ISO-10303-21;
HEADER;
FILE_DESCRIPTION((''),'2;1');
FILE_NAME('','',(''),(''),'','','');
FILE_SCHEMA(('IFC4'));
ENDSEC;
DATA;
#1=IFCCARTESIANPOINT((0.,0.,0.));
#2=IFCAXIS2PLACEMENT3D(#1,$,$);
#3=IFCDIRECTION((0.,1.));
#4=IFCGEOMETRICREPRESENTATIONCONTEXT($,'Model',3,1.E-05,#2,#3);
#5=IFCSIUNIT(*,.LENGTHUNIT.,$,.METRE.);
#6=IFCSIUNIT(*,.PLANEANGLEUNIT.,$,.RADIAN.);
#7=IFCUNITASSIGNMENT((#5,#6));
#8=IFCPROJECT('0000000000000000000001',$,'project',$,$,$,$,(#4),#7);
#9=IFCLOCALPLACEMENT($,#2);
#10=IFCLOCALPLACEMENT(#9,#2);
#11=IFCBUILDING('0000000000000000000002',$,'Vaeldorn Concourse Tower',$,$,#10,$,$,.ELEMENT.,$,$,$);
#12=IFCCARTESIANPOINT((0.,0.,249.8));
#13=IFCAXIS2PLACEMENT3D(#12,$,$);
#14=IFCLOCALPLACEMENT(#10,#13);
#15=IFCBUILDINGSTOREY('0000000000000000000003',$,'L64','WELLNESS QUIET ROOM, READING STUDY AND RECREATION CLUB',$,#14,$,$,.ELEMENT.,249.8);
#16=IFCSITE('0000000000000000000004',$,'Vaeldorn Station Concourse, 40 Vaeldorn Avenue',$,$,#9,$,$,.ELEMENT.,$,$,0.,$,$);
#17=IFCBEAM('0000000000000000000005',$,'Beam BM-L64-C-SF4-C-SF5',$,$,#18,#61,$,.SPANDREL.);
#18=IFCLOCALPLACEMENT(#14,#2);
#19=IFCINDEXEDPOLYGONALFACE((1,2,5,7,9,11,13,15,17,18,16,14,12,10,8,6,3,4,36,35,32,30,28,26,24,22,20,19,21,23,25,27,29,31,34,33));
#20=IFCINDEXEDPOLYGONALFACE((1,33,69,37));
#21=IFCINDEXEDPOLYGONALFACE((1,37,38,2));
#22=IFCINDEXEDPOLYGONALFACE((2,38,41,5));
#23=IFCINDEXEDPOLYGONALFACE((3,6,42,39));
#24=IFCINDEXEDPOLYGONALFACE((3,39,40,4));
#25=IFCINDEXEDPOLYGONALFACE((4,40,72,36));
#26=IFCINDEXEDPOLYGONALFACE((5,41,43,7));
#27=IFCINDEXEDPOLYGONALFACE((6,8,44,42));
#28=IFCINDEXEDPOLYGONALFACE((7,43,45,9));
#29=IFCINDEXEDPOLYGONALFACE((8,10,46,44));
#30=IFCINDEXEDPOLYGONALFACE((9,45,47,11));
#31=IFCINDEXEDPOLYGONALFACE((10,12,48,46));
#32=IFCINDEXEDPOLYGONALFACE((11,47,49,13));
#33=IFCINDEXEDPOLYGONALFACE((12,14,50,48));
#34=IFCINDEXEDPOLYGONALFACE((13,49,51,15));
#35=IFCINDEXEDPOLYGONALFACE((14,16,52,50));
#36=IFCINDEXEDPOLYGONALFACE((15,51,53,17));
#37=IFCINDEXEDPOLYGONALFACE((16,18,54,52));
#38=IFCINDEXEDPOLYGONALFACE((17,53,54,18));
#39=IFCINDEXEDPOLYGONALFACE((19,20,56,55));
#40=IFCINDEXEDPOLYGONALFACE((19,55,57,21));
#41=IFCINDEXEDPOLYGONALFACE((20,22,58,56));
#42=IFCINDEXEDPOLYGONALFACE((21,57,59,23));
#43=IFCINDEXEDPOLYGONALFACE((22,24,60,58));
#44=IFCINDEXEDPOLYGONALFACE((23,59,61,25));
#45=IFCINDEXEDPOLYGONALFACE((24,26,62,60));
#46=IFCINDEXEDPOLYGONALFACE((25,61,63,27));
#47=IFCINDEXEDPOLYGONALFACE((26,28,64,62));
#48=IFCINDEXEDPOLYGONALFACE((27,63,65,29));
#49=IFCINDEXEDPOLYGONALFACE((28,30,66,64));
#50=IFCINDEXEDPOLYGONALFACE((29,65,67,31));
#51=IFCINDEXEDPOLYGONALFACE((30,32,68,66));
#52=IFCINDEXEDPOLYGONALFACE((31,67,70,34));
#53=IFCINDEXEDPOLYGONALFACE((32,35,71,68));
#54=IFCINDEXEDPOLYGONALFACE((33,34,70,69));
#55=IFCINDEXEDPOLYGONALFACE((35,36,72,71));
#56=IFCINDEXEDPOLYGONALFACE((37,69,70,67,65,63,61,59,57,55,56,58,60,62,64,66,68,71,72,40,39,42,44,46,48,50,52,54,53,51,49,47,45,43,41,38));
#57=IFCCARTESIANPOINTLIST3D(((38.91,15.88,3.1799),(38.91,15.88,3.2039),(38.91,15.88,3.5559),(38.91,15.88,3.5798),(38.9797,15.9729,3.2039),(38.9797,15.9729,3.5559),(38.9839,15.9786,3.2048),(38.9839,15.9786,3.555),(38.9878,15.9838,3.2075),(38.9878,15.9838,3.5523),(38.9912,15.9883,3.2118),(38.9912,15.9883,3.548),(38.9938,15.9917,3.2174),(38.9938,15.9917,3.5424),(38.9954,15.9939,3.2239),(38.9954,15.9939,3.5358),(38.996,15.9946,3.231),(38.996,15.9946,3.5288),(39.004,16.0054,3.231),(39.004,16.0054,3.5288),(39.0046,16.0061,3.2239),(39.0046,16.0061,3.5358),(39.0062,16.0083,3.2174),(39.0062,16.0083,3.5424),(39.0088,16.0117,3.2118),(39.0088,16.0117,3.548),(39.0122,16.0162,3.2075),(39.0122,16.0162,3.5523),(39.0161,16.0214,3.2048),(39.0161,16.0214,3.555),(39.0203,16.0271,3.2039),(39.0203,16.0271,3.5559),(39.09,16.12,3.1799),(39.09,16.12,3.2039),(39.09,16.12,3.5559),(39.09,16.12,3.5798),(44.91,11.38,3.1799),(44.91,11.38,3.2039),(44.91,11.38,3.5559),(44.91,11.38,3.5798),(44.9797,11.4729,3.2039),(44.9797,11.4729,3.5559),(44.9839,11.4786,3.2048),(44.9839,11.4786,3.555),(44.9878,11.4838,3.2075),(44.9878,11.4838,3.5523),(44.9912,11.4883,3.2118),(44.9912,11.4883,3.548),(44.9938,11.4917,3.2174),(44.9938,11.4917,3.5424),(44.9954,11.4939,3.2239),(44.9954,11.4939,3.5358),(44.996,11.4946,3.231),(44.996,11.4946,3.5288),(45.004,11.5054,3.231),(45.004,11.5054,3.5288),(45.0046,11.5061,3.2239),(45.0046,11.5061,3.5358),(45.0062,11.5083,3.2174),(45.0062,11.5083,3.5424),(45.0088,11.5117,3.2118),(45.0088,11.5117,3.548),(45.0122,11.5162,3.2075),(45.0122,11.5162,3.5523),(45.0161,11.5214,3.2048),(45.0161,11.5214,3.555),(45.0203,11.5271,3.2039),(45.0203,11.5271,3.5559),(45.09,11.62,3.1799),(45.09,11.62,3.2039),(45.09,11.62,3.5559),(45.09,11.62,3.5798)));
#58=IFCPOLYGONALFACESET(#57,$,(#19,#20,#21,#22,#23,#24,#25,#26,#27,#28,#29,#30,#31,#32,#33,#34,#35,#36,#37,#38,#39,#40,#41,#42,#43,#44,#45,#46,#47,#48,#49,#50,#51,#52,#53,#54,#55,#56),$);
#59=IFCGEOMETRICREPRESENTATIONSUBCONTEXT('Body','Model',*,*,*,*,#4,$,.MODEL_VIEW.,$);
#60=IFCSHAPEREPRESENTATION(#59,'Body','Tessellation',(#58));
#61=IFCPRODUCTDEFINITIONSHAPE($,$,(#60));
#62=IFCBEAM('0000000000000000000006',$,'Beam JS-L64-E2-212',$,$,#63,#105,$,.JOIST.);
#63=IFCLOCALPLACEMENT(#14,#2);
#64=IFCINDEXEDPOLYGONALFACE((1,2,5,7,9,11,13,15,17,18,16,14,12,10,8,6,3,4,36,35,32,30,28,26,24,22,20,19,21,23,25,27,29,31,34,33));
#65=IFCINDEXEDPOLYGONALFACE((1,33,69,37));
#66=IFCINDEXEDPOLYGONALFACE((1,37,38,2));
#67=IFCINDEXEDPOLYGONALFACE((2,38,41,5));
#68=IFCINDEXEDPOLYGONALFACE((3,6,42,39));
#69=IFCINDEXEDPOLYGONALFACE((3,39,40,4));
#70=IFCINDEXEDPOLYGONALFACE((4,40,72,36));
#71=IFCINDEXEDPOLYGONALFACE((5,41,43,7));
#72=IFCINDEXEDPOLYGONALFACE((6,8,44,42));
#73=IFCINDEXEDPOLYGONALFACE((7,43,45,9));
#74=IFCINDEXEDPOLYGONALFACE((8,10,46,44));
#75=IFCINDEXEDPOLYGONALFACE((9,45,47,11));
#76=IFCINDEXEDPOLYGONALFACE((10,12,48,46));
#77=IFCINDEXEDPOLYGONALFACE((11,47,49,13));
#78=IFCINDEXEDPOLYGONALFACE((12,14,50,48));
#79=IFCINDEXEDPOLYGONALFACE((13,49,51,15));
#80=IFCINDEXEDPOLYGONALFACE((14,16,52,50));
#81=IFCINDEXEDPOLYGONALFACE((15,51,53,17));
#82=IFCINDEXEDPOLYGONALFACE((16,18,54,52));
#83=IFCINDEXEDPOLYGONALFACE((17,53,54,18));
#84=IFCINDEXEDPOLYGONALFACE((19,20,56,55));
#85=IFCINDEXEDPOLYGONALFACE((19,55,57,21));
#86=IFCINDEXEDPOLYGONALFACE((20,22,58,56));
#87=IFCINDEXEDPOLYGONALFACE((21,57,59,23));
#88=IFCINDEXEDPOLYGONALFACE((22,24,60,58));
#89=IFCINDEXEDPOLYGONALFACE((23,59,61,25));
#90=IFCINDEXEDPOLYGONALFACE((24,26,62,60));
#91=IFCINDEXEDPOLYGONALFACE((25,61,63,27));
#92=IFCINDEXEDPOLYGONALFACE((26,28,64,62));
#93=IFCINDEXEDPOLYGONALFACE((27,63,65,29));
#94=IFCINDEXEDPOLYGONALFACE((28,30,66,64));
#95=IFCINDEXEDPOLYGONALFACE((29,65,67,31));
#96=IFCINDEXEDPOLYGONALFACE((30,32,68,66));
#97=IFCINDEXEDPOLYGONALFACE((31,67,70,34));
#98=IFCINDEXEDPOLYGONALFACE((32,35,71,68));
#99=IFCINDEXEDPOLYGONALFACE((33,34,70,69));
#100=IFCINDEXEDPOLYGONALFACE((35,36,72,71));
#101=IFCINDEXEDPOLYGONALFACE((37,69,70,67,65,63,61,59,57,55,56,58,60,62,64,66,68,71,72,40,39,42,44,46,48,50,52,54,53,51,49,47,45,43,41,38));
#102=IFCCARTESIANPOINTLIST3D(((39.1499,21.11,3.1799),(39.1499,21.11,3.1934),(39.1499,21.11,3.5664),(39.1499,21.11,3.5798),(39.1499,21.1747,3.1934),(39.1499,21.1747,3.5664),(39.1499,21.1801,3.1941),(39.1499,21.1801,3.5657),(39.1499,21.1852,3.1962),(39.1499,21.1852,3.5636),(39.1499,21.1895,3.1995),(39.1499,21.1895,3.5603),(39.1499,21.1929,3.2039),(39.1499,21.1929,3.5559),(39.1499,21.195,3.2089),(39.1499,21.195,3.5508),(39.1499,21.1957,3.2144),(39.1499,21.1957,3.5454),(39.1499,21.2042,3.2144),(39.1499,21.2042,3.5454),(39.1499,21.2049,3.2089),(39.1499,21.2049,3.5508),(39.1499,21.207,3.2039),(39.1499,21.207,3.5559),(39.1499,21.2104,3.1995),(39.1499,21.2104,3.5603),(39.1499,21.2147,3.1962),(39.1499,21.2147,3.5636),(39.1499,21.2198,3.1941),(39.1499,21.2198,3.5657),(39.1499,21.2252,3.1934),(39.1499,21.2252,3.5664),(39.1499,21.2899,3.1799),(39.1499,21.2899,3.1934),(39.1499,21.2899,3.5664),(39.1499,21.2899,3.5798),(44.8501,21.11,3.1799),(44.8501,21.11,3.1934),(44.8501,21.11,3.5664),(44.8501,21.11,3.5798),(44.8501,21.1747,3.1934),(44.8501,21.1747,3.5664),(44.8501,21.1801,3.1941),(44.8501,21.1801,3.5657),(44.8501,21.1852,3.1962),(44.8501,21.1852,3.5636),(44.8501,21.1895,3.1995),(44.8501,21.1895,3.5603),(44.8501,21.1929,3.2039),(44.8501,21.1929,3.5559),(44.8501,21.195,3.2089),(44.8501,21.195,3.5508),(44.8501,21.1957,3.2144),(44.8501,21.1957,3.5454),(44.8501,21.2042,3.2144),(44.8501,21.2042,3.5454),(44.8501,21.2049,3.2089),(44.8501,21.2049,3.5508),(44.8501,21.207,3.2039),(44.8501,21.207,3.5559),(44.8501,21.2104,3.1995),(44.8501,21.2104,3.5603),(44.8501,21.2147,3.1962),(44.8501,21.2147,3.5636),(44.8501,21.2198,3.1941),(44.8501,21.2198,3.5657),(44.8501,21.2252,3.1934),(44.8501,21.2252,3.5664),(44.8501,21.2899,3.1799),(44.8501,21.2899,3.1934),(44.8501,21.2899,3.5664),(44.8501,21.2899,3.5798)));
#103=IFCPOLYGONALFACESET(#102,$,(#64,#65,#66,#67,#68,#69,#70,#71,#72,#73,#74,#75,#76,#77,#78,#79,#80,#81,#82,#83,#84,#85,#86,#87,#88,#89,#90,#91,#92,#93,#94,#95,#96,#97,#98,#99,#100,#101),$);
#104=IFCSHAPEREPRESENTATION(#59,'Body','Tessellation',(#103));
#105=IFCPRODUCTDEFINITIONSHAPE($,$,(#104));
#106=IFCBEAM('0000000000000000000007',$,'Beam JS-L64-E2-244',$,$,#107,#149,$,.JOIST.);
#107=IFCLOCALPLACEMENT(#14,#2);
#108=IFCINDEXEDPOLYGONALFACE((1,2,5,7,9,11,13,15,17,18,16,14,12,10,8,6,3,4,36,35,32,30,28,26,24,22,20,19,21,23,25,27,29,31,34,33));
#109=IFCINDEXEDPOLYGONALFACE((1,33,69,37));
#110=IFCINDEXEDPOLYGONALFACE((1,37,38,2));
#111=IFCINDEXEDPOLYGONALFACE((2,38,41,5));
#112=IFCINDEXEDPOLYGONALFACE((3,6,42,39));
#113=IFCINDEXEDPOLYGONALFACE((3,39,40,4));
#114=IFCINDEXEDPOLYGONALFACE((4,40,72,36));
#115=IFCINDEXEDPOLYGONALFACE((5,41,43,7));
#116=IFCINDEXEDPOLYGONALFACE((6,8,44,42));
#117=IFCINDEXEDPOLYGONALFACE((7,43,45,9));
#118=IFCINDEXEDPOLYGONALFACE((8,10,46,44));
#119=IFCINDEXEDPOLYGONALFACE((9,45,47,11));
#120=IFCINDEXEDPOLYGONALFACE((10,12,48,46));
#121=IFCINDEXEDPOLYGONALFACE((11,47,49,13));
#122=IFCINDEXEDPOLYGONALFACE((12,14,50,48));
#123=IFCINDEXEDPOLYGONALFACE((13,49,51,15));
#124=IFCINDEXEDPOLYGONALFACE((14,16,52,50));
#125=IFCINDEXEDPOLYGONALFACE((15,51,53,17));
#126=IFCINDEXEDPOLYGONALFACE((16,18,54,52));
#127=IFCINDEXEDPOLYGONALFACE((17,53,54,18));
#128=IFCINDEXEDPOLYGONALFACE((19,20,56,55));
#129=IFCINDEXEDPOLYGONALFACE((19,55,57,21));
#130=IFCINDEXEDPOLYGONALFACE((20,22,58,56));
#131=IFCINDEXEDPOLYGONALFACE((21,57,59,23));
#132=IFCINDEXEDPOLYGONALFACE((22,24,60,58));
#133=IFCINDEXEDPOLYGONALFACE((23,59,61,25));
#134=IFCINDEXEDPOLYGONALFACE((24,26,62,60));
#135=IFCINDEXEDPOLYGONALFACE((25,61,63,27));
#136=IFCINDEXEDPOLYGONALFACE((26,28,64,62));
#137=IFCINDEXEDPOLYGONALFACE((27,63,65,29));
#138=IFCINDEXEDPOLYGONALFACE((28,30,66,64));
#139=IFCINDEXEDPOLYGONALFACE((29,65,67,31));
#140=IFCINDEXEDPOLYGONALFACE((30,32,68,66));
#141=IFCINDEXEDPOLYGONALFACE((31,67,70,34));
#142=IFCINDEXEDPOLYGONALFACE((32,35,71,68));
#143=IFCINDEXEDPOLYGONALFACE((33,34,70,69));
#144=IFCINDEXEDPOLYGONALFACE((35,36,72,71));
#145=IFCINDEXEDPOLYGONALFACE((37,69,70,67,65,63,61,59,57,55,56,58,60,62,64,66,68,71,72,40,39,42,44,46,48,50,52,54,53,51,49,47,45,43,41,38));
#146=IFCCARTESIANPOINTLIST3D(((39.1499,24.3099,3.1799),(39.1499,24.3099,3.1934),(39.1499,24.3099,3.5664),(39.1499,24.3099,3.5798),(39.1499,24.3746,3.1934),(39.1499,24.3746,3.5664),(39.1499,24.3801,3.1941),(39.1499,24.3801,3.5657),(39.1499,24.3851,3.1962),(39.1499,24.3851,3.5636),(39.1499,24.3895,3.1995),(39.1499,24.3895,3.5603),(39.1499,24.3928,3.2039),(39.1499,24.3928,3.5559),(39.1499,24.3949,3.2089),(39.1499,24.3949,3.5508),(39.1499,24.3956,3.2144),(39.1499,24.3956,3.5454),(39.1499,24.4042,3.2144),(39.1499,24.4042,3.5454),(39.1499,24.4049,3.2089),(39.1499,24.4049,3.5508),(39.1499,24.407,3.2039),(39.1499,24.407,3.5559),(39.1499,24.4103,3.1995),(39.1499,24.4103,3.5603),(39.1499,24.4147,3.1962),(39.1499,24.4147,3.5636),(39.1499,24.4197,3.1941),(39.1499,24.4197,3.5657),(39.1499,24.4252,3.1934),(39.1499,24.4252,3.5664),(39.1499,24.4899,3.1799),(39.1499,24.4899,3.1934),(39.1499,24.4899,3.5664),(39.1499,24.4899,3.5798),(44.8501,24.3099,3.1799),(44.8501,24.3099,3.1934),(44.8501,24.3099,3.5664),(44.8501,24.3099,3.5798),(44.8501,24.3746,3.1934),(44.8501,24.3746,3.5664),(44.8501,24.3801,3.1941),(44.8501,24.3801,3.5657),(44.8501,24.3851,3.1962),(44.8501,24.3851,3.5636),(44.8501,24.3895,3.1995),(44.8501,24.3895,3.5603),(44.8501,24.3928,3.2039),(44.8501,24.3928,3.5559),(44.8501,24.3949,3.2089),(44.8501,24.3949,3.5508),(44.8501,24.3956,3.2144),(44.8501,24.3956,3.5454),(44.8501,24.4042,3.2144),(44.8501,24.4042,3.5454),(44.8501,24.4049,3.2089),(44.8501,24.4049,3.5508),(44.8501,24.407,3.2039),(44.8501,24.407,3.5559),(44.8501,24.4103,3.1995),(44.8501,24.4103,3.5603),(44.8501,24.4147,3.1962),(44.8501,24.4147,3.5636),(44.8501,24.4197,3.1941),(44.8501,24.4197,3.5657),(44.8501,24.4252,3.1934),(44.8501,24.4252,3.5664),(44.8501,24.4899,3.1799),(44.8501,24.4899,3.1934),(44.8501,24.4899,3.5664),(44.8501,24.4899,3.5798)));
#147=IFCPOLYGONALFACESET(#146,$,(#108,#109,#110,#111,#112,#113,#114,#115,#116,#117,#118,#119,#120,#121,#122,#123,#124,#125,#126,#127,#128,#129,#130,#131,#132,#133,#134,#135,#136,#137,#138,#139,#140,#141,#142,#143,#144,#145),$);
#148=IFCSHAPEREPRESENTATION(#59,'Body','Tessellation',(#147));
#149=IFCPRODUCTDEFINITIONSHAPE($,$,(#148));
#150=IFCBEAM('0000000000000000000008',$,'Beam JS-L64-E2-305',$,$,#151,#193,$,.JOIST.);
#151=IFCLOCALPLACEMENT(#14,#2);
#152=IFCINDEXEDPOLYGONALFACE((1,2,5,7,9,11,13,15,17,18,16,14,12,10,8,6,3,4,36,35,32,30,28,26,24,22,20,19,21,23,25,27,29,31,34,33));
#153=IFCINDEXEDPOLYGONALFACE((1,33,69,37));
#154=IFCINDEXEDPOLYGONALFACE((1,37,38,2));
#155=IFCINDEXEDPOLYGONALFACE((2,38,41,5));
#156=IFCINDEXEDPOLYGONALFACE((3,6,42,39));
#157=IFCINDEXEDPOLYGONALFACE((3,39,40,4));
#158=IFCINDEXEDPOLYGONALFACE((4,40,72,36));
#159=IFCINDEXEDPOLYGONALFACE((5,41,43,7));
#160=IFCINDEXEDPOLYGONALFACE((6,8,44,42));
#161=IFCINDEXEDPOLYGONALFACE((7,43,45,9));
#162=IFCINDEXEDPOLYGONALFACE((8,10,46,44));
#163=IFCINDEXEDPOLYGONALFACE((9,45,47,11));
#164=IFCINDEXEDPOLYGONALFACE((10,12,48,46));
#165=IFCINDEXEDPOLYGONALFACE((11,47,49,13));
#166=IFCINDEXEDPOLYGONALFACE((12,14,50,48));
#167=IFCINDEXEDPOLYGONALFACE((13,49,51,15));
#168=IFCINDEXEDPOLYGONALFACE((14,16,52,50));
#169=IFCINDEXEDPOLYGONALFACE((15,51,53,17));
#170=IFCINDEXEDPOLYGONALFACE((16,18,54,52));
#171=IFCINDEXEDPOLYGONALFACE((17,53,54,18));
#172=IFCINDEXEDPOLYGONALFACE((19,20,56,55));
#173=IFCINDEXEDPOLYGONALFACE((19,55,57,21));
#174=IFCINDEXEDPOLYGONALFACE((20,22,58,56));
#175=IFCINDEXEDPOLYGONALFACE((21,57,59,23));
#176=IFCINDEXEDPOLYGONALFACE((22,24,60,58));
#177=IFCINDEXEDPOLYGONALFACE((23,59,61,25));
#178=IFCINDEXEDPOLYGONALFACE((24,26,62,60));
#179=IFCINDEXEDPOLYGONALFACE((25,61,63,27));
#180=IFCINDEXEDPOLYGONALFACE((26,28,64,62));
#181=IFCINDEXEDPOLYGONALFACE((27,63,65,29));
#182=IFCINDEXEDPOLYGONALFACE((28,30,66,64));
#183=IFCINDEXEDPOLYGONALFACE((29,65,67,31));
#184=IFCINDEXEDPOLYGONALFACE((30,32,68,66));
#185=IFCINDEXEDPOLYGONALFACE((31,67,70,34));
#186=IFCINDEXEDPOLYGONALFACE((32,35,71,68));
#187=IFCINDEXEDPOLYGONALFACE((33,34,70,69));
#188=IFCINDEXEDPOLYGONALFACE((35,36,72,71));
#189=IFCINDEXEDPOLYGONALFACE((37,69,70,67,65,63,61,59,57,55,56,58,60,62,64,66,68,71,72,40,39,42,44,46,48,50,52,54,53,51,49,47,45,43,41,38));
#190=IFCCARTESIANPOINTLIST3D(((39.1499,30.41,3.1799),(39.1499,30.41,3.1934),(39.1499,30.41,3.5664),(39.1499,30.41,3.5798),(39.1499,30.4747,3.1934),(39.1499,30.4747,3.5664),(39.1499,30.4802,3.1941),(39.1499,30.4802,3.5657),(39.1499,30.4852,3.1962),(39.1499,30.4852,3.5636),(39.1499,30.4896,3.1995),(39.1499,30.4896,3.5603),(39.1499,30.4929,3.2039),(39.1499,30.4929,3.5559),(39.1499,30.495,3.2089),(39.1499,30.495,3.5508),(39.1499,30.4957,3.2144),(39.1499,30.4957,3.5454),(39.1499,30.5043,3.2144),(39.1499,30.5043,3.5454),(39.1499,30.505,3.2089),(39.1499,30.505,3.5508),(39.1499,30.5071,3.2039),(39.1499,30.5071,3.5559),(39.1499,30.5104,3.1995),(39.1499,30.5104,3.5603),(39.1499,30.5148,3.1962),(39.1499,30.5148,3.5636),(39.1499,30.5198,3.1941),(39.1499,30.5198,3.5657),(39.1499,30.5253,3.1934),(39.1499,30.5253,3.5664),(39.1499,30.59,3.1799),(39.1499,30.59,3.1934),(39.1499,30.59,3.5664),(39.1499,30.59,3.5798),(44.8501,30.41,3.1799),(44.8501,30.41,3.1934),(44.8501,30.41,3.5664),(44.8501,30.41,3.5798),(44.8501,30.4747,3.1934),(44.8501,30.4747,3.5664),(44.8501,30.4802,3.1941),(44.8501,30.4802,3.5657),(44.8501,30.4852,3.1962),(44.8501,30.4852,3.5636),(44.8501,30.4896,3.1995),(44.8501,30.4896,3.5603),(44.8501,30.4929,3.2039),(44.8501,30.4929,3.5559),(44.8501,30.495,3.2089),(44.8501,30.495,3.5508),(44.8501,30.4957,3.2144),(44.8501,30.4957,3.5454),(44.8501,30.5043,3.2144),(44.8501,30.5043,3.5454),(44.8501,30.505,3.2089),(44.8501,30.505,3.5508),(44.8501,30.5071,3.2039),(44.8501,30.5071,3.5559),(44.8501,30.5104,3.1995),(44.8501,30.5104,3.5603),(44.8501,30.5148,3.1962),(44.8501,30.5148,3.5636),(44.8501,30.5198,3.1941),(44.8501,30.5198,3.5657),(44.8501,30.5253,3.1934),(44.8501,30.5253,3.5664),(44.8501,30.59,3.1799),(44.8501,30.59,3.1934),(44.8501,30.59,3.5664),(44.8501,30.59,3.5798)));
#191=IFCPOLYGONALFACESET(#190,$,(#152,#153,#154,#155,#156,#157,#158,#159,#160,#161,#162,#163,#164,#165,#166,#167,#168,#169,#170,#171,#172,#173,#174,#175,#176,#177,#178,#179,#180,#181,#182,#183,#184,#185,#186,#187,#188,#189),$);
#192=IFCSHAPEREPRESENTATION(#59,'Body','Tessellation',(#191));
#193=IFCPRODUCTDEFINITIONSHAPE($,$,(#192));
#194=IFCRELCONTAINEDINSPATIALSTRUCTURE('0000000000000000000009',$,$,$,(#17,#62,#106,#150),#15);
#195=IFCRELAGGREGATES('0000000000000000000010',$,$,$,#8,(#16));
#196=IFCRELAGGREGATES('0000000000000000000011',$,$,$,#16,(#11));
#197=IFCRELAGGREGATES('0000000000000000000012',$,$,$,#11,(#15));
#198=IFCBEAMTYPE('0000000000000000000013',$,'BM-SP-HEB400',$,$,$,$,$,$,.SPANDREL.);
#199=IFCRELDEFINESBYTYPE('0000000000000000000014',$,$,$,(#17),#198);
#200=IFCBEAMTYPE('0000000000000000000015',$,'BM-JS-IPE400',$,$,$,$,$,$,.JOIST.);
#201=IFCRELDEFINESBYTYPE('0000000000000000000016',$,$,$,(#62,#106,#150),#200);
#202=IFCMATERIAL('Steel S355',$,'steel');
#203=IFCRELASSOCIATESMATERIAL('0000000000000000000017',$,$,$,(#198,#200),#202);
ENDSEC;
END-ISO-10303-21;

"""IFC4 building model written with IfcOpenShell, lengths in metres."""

from ifc_helpers import new_model, si_unit, direction, frame, origin, origin_2d, place, context, subcontext, project, spatial, i_section, extrude, source, transform, mapped, material, material_profile, profile_set, type_object, element, save


model = new_model("IFC4")

# Units and contexts
model_context = context("Model", 3, precision=1e-05, world=origin(), true_north=direction((0.0, 1.0)))
body_context = subcontext(model_context, "Body", "Model", "MODEL_VIEW")
ifc_project = project(units=[si_unit("LENGTHUNIT", "METRE"), si_unit("PLANEANGLEUNIT", "RADIAN")], contexts=[model_context])

# Site, building, storey
site_placement = place(None, origin())
site = spatial("IfcSite", under=ifc_project, at=site_placement, Name="Vaeldorn Station Concourse, 40 Vaeldorn Avenue", CompositionType="ELEMENT", RefElevation=0.0)
building_placement = place(site_placement, origin())
building = spatial("IfcBuilding", under=site, at=building_placement, Name="Vaeldorn Concourse Tower", CompositionType="ELEMENT")
storey_placement = place(building_placement, frame((0.0, 0.0, 249.8)))
storey = spatial("IfcBuildingStorey", under=building, at=storey_placement, Name="L64", Description="WELLNESS QUIET ROOM, READING STUDY AND RECREATION CLUB", CompositionType="ELEMENT", Elevation=249.8)

# Shared definitions
ifc_material_1 = material(Name="Steel S355", Category="steel")

# Beams
ifc_material_profile_1 = material_profile(ifc_material_1, i_section(OverallWidth=0.3, OverallDepth=0.3999, WebThickness=0.0134, FlangeThickness=0.0239, FilletRadius=0.0271, at=origin_2d()), Name="HEB 400")
ifc_profile_set_1 = profile_set([ifc_material_profile_1], Name="Steel S355")
beam_type_1 = type_object("IfcBeamType", Name="BM-SP-HEB400", PredefinedType="SPANDREL", material=ifc_profile_set_1)
shared_shape_1 = source(origin(), body_context, "Body", "SweptSolid", [
    extrude(i_section(OverallWidth=0.3, OverallDepth=0.3999, WebThickness=0.0134, FlangeThickness=0.0239, FilletRadius=0.0271, at=origin_2d()), origin(), (0.0, 0.0, 1.0), 7.5),
])
beam_1_placement = place(storey_placement, frame((39.0, 16.0, 3.3799), z_axis=(0.8, -0.6, 0.0), x_axis=(0.6, 0.8, 0.0)))
element("IfcBeam", 1, at=beam_1_placement, inside=storey, type_object=beam_type_1, Name="Beam BM-L64-C-SF4-C-SF5", PredefinedType="SPANDREL", context=body_context, shape_type="MappedRepresentation", body=[
    mapped(shared_shape_1, transform((0.0, 0.0, 0.0), scale=1.0)),
])
ifc_material_profile_2 = material_profile(ifc_material_1, i_section(OverallWidth=0.1799, OverallDepth=0.3999, WebThickness=0.0085, FlangeThickness=0.0134, FilletRadius=0.021, at=origin_2d()), Name="IPE 400")
ifc_profile_set_2 = profile_set([ifc_material_profile_2], Name="Steel S355")
beam_type_2 = type_object("IfcBeamType", Name="BM-JS-IPE400", PredefinedType="JOIST", material=ifc_profile_set_2)
shared_shape_2 = source(origin(), body_context, "Body", "SweptSolid", [
    extrude(i_section(OverallWidth=0.1799, OverallDepth=0.3999, WebThickness=0.0085, FlangeThickness=0.0134, FilletRadius=0.021, at=origin_2d()), origin(), (0.0, 0.0, 1.0), 5.7002),
])
for number, where, z_axis, x_axis, name in (
    (2, (39.1499, 21.2, 3.3799), (1.0, 0.0, 0.0), (0.0, 1.0, 0.0), "Beam JS-L64-E2-212"),
    (3, (39.1499, 24.3999, 3.3799), (1.0, 0.0, 0.0), (0.0, 1.0, 0.0), "Beam JS-L64-E2-244"),
    (4, (39.1499, 30.5, 3.3799), (1.0, 0.0, 0.0), (0.0, 1.0, 0.0), "Beam JS-L64-E2-305"),
):
    element("IfcBeam", number, at=place(storey_placement, frame(where, z_axis=z_axis, x_axis=x_axis)), inside=storey, type_object=beam_type_2, Name=name, PredefinedType="JOIST", context=body_context, shape_type="MappedRepresentation", body=[
        mapped(shared_shape_2, transform((0.0, 0.0, 0.0), scale=1.0)),
    ])

save(model, "model.ifc")
